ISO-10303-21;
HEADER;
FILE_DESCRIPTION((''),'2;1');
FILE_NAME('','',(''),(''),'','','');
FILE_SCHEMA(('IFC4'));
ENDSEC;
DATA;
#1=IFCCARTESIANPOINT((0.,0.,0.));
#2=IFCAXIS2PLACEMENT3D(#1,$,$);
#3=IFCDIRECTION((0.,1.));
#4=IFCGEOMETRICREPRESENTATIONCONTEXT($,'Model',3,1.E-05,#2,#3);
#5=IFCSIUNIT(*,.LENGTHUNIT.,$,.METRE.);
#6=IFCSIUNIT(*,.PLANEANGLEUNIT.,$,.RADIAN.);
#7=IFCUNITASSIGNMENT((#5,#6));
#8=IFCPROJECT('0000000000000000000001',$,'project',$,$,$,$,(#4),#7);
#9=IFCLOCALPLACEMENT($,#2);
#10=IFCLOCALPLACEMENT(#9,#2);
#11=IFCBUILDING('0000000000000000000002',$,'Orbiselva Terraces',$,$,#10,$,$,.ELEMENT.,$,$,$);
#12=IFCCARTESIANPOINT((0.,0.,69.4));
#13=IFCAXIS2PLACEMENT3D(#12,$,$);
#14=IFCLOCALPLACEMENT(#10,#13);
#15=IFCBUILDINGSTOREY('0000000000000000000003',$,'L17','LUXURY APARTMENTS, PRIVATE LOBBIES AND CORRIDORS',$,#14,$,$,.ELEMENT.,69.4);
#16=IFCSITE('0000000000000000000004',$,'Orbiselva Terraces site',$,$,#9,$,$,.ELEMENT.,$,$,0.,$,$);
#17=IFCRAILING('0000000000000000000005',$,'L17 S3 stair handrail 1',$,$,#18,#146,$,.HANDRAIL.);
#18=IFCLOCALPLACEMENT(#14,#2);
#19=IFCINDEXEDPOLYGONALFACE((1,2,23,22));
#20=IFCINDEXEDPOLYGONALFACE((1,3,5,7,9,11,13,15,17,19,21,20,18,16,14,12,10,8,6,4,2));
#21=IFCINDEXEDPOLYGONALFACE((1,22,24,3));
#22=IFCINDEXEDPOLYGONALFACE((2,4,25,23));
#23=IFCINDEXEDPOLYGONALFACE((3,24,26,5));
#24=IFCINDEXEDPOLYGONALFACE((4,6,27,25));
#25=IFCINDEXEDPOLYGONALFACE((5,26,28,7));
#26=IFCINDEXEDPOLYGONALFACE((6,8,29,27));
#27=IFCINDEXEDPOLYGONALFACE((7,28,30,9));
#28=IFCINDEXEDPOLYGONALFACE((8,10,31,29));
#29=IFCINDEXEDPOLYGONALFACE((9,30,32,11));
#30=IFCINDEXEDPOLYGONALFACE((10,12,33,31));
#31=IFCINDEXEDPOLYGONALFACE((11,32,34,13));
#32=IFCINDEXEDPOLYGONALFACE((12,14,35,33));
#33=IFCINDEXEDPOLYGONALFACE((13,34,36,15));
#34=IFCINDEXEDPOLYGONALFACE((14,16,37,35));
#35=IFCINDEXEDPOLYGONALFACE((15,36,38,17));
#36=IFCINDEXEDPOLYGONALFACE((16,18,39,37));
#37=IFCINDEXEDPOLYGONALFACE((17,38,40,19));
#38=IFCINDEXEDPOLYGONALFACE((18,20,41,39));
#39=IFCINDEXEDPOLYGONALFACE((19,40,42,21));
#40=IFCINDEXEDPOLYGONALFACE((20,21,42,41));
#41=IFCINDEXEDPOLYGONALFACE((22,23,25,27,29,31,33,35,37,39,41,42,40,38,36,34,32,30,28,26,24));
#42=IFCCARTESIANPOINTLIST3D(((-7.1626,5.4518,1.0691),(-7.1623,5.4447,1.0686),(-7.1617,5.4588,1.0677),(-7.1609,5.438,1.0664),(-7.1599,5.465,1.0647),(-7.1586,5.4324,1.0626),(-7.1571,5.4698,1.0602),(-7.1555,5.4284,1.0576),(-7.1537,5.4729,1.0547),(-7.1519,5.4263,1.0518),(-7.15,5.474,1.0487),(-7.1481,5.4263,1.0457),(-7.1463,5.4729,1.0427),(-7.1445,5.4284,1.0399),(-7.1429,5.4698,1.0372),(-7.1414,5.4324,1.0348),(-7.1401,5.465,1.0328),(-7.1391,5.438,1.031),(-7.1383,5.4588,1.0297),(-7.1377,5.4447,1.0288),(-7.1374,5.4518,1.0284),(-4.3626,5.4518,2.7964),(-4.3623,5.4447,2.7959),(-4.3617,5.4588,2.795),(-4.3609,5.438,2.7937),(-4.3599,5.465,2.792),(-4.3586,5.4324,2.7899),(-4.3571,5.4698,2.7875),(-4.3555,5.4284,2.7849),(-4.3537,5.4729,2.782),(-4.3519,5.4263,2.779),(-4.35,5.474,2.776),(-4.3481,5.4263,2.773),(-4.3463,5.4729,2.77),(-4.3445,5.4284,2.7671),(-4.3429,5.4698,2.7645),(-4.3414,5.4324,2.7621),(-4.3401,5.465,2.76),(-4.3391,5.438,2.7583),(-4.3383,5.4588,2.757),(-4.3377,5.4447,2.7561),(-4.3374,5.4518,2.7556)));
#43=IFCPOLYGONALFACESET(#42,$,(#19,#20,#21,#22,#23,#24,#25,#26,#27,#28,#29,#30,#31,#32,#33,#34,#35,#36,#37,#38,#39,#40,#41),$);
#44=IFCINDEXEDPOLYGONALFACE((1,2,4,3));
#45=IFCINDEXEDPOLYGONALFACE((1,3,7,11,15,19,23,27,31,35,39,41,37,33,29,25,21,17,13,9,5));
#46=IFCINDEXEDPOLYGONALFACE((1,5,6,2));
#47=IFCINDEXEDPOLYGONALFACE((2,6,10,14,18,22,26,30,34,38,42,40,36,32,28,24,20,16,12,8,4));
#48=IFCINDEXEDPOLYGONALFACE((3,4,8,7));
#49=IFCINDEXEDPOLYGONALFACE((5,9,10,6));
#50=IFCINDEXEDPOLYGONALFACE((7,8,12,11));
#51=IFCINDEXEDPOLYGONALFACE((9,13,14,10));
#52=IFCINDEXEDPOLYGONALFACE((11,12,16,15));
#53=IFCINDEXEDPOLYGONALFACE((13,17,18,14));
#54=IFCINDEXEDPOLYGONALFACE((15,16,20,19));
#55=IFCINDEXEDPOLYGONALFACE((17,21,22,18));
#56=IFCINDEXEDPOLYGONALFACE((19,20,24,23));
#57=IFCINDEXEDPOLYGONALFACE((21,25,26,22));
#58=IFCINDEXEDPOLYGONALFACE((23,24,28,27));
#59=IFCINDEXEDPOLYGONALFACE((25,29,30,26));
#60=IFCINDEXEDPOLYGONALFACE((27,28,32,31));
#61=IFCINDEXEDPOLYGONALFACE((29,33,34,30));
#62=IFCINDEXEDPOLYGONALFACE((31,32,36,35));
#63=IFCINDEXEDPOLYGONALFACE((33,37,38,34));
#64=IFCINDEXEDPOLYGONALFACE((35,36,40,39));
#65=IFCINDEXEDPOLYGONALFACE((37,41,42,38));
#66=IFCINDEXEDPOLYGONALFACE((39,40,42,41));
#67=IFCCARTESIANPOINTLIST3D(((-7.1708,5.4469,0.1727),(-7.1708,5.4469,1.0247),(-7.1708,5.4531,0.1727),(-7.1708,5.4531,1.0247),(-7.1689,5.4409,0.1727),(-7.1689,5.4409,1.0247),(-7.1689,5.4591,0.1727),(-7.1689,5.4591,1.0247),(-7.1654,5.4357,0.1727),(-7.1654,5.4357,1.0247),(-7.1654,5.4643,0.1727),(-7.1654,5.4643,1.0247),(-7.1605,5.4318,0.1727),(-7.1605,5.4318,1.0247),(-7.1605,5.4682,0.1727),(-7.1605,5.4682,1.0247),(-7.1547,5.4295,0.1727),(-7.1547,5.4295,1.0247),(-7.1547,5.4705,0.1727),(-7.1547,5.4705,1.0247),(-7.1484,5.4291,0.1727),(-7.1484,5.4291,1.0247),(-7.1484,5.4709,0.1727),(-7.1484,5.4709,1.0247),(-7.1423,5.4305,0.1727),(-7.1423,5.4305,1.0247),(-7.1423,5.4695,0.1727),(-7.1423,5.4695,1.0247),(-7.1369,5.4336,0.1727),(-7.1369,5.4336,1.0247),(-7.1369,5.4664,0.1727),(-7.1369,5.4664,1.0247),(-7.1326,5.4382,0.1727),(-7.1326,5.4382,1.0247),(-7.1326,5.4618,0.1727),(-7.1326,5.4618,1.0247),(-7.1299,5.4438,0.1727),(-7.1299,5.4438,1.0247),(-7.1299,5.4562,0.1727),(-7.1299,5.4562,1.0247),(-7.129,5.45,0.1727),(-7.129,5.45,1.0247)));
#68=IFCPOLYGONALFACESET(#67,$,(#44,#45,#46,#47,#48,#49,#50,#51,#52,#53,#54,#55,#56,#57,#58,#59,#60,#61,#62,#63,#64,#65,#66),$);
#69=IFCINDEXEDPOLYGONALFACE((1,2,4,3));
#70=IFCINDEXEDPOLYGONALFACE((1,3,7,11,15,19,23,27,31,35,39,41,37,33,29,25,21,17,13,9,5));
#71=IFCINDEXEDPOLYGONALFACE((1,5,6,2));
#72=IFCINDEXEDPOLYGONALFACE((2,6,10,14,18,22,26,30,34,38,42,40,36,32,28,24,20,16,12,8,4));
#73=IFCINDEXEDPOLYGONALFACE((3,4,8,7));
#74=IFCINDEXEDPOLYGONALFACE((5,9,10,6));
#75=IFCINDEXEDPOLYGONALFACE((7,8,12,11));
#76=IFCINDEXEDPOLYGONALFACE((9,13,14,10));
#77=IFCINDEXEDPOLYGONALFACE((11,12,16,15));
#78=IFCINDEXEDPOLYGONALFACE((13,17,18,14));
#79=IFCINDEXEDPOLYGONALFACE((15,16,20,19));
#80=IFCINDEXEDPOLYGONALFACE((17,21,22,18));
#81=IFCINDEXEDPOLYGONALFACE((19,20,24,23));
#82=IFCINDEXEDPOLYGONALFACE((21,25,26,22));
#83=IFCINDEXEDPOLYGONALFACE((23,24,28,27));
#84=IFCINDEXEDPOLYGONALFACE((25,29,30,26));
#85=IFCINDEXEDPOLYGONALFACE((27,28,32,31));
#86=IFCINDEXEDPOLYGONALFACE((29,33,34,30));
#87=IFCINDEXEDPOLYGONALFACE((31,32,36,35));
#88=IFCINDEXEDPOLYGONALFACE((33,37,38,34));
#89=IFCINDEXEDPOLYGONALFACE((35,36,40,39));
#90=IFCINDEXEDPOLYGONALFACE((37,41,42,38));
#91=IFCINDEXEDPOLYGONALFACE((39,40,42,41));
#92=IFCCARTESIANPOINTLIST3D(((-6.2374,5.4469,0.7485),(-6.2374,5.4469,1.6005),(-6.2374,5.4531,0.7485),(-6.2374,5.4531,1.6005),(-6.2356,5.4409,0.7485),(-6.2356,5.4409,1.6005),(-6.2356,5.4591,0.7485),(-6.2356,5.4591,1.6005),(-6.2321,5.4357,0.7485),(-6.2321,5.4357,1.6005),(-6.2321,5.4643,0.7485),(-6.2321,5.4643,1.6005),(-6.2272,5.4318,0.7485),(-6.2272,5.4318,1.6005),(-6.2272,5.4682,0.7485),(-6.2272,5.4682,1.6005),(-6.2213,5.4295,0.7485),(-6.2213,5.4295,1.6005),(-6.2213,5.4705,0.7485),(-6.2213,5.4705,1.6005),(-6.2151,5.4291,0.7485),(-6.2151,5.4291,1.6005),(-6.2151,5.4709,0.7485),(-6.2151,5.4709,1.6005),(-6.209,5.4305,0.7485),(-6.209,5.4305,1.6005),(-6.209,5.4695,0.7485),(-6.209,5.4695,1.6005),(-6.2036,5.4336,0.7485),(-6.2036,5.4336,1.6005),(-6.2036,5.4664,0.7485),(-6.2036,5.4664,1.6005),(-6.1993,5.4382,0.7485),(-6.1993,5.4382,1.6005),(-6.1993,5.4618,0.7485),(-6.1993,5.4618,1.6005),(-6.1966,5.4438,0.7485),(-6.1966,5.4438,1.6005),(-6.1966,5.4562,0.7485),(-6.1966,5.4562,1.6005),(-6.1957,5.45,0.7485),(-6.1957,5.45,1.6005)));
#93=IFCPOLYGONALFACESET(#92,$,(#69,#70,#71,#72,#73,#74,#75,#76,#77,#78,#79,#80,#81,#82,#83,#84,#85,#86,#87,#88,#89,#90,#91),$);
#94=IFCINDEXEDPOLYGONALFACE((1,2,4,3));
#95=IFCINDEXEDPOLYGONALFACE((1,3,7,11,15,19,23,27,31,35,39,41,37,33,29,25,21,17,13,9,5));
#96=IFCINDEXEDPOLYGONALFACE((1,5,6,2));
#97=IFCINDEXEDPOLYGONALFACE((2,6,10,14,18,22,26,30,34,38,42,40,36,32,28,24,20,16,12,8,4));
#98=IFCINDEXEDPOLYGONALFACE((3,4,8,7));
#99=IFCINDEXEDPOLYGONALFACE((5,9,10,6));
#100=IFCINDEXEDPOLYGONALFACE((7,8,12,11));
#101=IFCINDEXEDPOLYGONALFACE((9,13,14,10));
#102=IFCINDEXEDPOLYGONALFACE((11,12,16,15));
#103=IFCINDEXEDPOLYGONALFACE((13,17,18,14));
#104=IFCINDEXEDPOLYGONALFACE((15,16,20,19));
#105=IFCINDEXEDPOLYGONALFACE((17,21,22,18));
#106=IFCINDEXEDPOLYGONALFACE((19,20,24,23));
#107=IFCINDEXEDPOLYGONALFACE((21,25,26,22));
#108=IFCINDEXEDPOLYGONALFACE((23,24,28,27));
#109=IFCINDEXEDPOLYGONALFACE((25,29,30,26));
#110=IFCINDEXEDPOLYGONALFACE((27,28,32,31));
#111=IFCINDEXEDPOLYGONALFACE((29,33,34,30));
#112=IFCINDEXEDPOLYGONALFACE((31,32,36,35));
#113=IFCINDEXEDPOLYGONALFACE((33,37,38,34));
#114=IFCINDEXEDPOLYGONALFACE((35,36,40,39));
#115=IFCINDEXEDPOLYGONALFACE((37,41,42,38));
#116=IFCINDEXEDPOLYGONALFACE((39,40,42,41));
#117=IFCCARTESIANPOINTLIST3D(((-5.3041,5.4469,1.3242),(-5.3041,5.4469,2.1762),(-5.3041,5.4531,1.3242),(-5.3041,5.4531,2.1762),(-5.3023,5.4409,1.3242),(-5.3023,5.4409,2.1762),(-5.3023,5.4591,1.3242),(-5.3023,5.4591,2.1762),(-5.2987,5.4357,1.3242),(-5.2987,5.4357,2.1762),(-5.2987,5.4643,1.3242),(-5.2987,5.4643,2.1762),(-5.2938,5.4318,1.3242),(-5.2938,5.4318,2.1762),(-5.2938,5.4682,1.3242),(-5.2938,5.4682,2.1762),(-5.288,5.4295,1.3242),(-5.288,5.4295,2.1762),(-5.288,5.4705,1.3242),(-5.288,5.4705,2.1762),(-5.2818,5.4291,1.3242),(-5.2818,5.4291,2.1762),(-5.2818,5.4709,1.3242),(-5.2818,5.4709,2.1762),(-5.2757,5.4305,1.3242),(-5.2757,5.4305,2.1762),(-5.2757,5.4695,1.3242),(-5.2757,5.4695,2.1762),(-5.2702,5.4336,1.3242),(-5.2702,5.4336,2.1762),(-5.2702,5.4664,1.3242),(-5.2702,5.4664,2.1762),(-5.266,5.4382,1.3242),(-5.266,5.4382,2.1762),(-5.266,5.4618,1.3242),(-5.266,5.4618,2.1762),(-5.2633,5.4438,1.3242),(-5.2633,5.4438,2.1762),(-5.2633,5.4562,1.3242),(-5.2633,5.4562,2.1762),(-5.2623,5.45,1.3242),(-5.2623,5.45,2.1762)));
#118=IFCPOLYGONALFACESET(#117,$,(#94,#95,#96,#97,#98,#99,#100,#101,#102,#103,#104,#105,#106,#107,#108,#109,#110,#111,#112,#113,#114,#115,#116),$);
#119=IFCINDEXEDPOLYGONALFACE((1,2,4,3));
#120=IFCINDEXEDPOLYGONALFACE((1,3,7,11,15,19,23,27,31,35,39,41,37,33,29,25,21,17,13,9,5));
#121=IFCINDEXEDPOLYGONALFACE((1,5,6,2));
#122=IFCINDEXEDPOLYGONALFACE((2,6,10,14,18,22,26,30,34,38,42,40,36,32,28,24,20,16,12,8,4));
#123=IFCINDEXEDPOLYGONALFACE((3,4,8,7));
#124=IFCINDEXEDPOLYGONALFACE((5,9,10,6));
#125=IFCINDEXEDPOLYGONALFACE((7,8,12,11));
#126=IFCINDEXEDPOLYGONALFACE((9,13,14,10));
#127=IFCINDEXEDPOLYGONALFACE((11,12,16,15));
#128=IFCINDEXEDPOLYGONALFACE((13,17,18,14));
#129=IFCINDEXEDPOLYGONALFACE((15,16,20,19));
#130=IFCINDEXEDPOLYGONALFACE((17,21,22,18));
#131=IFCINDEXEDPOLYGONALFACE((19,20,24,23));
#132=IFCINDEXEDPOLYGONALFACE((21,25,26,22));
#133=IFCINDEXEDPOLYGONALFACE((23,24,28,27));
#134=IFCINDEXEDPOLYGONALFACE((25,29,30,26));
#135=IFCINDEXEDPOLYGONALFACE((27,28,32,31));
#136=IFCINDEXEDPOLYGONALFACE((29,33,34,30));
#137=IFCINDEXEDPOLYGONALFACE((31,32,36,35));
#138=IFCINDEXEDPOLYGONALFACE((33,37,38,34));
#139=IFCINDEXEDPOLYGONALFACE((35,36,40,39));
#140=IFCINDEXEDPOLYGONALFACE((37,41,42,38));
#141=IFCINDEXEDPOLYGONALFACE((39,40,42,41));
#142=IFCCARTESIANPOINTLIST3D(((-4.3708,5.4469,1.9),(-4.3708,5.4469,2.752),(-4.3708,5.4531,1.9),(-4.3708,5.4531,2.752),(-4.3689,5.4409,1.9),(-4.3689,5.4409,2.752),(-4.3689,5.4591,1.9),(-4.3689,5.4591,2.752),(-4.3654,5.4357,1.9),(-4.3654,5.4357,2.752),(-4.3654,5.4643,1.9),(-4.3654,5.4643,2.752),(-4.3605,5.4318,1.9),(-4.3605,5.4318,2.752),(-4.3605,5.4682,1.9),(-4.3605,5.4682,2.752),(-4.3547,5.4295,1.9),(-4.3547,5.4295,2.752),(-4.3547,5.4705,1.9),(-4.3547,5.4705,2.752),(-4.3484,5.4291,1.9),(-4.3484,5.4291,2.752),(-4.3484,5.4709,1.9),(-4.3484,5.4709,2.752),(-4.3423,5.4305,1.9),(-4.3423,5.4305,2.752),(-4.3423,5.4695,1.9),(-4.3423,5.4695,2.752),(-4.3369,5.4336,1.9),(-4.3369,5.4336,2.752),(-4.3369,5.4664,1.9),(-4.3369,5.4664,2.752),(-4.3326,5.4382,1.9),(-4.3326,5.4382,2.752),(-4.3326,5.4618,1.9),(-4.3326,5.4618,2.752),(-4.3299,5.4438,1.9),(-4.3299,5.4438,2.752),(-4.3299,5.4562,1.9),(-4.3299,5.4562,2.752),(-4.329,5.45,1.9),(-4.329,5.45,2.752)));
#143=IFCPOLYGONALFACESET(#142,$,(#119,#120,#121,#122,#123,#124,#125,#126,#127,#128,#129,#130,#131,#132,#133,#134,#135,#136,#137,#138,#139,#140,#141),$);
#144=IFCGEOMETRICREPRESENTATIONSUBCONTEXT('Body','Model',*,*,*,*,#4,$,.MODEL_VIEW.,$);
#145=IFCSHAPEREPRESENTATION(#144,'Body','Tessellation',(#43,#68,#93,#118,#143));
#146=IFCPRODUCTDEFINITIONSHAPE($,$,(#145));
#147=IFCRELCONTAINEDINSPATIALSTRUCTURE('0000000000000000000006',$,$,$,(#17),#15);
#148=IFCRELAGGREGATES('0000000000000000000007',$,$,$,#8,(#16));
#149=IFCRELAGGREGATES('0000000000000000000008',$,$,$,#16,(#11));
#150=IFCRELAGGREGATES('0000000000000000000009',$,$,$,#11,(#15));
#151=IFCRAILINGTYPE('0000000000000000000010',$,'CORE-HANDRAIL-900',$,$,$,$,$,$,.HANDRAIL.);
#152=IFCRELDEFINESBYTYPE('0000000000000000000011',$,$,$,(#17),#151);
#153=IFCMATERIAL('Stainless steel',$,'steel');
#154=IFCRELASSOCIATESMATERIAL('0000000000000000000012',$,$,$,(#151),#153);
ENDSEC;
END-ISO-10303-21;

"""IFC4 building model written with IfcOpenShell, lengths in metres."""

from ifc_helpers import new_model, si_unit, direction, frame, origin, origin_2d, place, context, subcontext, project, spatial, circle, extrude, material, type_object, element, save


model = new_model("IFC4")

# Units and contexts
model_context = context("Model", 3, precision=1e-05, world=origin(), true_north=direction((0.0, 1.0)))
body_context = subcontext(model_context, "Body", "Model", "MODEL_VIEW")
ifc_project = project(units=[si_unit("LENGTHUNIT", "METRE"), si_unit("PLANEANGLEUNIT", "RADIAN")], contexts=[model_context])

# Site, building, storey
site_placement = place(None, origin())
site = spatial("IfcSite", under=ifc_project, at=site_placement, Name="Orbiselva Terraces site", CompositionType="ELEMENT", RefElevation=0.0)
building_placement = place(site_placement, origin())
building = spatial("IfcBuilding", under=site, at=building_placement, Name="Orbiselva Terraces", CompositionType="ELEMENT")
storey_placement = place(building_placement, frame((0.0, 0.0, 69.4)))
storey = spatial("IfcBuildingStorey", under=building, at=storey_placement, Name="L17", Description="LUXURY APARTMENTS, PRIVATE LOBBIES AND CORRIDORS", CompositionType="ELEMENT", Elevation=69.4)

# Railing
ifc_material_1 = material(Name="Stainless steel", Category="steel")
railing_type_1 = type_object("IfcRailingType", Name="CORE-HANDRAIL-900", PredefinedType="HANDRAIL", material=ifc_material_1)
railing_1_placement = place(storey_placement, frame((-7.15, 5.45, 0.1727)))
element("IfcRailing", 1, at=railing_1_placement, inside=storey, type_object=railing_type_1, Name="L17 S3 stair handrail 1", PredefinedType="HANDRAIL", context=body_context, shape_type="SweptSolid", body=[
    extrude(circle(Radius=0.024, at=origin_2d()), frame((0.0, 0.0, 0.876), z_axis=(0.851089, 0.0, 0.525022), x_axis=(0.0, 1.0, 0.0)), (0.0, 0.0, 1.0), 3.2899),
    extrude(circle(Radius=0.021, at=origin_2d()), origin(), (0.0, 0.0, 1.0), 0.852),
    extrude(circle(Radius=0.021, at=origin_2d()), frame((0.9333, 0.0, 0.5758)), (0.0, 0.0, 1.0), 0.852),
    extrude(circle(Radius=0.021, at=origin_2d()), frame((1.8667, 0.0, 1.1515)), (0.0, 0.0, 1.0), 0.852),
    extrude(circle(Radius=0.021, at=origin_2d()), frame((2.8, 0.0, 1.7273)), (0.0, 0.0, 1.0), 0.852),
])

save(model, "model.ifc")
